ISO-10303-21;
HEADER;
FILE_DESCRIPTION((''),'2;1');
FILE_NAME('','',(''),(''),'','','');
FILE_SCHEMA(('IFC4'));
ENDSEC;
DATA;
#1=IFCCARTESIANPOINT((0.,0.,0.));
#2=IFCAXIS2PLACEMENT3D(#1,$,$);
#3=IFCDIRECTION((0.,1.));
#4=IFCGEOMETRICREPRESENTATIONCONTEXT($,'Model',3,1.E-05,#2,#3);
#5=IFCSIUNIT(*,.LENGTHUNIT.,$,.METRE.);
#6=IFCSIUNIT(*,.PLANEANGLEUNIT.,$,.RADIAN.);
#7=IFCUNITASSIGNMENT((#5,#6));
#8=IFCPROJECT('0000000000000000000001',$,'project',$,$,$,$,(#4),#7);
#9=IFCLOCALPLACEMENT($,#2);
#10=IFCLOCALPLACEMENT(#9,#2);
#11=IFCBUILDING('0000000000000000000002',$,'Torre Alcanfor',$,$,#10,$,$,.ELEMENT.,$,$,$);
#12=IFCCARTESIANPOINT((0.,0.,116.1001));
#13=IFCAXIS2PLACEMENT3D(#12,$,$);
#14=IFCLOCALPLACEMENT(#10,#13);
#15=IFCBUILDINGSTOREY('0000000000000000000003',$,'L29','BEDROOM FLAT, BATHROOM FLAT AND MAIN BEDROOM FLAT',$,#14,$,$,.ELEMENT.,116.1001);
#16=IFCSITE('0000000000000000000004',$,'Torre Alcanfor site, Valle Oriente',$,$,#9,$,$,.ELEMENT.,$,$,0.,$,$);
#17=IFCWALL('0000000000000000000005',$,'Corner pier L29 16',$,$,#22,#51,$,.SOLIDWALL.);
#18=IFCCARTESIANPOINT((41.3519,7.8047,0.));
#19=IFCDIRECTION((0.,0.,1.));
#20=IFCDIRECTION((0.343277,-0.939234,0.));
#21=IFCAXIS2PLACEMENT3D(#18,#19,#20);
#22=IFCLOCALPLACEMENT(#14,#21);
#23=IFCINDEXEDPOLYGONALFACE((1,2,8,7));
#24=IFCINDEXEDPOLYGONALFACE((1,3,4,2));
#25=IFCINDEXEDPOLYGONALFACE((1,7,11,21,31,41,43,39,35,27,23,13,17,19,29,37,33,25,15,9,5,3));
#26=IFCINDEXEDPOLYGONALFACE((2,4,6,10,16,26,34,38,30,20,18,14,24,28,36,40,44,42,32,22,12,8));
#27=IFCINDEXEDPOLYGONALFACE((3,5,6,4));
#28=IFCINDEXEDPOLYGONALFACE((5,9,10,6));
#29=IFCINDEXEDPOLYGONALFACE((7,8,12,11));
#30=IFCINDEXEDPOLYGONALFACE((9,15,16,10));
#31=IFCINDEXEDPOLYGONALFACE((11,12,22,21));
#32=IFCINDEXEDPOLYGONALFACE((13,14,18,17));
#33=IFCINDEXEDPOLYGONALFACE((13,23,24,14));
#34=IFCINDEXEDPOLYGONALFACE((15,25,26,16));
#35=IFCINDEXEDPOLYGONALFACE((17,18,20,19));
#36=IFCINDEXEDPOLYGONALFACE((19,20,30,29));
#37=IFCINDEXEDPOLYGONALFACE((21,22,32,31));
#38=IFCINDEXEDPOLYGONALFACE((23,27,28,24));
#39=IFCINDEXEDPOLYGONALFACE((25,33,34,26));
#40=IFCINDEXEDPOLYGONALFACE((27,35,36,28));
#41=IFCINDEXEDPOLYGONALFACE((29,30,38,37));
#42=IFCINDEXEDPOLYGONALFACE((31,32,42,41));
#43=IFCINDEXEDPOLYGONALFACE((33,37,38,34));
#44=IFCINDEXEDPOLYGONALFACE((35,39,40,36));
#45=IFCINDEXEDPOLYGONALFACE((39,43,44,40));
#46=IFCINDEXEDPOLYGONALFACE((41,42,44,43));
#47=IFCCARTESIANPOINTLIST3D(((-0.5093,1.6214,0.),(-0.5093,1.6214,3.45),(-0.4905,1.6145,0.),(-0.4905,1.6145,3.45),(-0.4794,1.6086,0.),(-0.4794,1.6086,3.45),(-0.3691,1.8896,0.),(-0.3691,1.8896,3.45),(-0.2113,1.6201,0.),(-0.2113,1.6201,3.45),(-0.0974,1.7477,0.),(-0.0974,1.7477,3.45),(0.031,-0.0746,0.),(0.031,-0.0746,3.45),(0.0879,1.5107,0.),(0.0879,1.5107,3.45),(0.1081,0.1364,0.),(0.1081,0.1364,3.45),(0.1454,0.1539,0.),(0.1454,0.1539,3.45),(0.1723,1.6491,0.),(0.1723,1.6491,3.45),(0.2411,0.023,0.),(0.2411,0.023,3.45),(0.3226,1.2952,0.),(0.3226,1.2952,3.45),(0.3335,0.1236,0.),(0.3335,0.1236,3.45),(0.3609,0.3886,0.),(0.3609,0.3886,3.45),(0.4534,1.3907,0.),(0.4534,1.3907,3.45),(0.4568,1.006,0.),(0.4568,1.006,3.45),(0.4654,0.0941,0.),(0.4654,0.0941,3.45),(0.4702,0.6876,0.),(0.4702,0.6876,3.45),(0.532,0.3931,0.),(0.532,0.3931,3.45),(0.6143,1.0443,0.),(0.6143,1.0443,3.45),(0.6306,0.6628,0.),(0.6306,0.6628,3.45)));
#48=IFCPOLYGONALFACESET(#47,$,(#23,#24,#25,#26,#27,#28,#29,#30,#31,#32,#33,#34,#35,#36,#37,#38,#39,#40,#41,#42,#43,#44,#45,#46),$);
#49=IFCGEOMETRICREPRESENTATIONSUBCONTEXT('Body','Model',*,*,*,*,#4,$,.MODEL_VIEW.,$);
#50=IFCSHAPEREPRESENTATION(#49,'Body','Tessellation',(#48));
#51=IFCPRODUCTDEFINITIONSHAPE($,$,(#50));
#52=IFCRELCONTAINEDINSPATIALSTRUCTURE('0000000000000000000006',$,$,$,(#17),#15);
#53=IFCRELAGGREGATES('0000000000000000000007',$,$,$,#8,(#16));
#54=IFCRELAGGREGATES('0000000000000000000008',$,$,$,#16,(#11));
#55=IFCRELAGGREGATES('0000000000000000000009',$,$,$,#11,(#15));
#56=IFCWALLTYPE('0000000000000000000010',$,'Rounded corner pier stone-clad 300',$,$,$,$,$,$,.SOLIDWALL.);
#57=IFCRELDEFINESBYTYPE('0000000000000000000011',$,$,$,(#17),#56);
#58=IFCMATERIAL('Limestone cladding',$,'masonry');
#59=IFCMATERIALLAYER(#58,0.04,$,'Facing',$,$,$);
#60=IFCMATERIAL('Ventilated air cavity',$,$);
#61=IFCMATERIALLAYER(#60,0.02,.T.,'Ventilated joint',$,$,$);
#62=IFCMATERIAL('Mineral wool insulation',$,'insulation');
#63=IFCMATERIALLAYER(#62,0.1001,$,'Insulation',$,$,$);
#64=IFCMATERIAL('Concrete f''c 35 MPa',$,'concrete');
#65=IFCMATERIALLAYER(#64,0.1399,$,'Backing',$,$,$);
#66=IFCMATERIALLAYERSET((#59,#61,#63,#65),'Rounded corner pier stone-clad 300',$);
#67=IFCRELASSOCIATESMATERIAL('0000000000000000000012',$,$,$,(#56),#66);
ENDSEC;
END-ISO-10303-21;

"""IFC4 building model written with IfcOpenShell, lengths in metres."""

from ifc_helpers import new_model, si_unit, direction, frame, origin, place, context, subcontext, project, spatial, polyline, outline, extrude, material, layer, layer_set, type_object, element, save


model = new_model("IFC4")

# Units and contexts
model_context = context("Model", 3, precision=1e-05, world=origin(), true_north=direction((0.0, 1.0)))
body_context = subcontext(model_context, "Body", "Model", "MODEL_VIEW")
ifc_project = project(units=[si_unit("LENGTHUNIT", "METRE"), si_unit("PLANEANGLEUNIT", "RADIAN")], contexts=[model_context])

# Site, building, storey
site_placement = place(None, origin())
site = spatial("IfcSite", under=ifc_project, at=site_placement, Name="Torre Alcanfor site, Valle Oriente", CompositionType="ELEMENT", RefElevation=0.0)
building_placement = place(site_placement, origin())
building = spatial("IfcBuilding", under=site, at=building_placement, Name="Torre Alcanfor", CompositionType="ELEMENT")
storey_placement = place(building_placement, frame((0.0, 0.0, 116.1001)))
storey = spatial("IfcBuildingStorey", under=building, at=storey_placement, Name="L29", Description="BEDROOM FLAT, BATHROOM FLAT AND MAIN BEDROOM FLAT", CompositionType="ELEMENT", Elevation=116.1001)

# Shared definitions
ifc_material_1 = material(Name="Limestone cladding", Category="masonry")
ifc_material_2 = material(Name="Ventilated air cavity")
ifc_material_3 = material(Name="Mineral wool insulation", Category="insulation")
ifc_material_4 = material(Name="Concrete f'c 35 MPa", Category="concrete")

# Wall
ifc_layer_1 = layer(ifc_material_1, 0.04, Name="Facing")
ifc_layer_2 = layer(ifc_material_2, 0.02, ventilated=True, Name="Ventilated joint")
ifc_layer_3 = layer(ifc_material_3, 0.1001, Name="Insulation")
ifc_layer_4 = layer(ifc_material_4, 0.1399, Name="Backing")
ifc_layer_set_1 = layer_set([ifc_layer_1, ifc_layer_2, ifc_layer_3, ifc_layer_4], Name="Rounded corner pier stone-clad 300")
wall_type_1 = type_object("IfcWallType", Name="Rounded corner pier stone-clad 300", PredefinedType="SOLIDWALL", material=ifc_layer_set_1)
wall_1_placement = place(storey_placement, frame((41.3519, 7.8047, 0.0), z_axis=(0.0, 0.0, 1.0), x_axis=(0.343277, -0.939234, 0.0)))
element("IfcWall", 1, at=wall_1_placement, inside=storey, type_object=wall_type_1, Name="Corner pier L29 16", PredefinedType="SOLIDWALL", context=body_context, shape_type="SweptSolid", body=[
    extrude(outline(polyline([(-0.3691, 1.8896), (-0.5093, 1.6214), (-0.4905, 1.6145), (-0.4794, 1.6086), (-0.2113, 1.6201), (0.0879, 1.5107), (0.3226, 1.2952), (0.4568, 1.006), (0.4702, 0.6876), (0.3609, 0.3886), (0.1454, 0.1539), (0.1081, 0.1364), (0.031, -0.0746), (0.2411, 0.023), (0.3335, 0.1236), (0.4654, 0.0941), (0.532, 0.3931), (0.6306, 0.6628), (0.6143, 1.0443), (0.4534, 1.3907), (0.1723, 1.6491), (-0.0974, 1.7477), (-0.3691, 1.8896)])), origin(), (0.0, 0.0, 1.0), 3.45),
])

save(model, "model.ifc")
